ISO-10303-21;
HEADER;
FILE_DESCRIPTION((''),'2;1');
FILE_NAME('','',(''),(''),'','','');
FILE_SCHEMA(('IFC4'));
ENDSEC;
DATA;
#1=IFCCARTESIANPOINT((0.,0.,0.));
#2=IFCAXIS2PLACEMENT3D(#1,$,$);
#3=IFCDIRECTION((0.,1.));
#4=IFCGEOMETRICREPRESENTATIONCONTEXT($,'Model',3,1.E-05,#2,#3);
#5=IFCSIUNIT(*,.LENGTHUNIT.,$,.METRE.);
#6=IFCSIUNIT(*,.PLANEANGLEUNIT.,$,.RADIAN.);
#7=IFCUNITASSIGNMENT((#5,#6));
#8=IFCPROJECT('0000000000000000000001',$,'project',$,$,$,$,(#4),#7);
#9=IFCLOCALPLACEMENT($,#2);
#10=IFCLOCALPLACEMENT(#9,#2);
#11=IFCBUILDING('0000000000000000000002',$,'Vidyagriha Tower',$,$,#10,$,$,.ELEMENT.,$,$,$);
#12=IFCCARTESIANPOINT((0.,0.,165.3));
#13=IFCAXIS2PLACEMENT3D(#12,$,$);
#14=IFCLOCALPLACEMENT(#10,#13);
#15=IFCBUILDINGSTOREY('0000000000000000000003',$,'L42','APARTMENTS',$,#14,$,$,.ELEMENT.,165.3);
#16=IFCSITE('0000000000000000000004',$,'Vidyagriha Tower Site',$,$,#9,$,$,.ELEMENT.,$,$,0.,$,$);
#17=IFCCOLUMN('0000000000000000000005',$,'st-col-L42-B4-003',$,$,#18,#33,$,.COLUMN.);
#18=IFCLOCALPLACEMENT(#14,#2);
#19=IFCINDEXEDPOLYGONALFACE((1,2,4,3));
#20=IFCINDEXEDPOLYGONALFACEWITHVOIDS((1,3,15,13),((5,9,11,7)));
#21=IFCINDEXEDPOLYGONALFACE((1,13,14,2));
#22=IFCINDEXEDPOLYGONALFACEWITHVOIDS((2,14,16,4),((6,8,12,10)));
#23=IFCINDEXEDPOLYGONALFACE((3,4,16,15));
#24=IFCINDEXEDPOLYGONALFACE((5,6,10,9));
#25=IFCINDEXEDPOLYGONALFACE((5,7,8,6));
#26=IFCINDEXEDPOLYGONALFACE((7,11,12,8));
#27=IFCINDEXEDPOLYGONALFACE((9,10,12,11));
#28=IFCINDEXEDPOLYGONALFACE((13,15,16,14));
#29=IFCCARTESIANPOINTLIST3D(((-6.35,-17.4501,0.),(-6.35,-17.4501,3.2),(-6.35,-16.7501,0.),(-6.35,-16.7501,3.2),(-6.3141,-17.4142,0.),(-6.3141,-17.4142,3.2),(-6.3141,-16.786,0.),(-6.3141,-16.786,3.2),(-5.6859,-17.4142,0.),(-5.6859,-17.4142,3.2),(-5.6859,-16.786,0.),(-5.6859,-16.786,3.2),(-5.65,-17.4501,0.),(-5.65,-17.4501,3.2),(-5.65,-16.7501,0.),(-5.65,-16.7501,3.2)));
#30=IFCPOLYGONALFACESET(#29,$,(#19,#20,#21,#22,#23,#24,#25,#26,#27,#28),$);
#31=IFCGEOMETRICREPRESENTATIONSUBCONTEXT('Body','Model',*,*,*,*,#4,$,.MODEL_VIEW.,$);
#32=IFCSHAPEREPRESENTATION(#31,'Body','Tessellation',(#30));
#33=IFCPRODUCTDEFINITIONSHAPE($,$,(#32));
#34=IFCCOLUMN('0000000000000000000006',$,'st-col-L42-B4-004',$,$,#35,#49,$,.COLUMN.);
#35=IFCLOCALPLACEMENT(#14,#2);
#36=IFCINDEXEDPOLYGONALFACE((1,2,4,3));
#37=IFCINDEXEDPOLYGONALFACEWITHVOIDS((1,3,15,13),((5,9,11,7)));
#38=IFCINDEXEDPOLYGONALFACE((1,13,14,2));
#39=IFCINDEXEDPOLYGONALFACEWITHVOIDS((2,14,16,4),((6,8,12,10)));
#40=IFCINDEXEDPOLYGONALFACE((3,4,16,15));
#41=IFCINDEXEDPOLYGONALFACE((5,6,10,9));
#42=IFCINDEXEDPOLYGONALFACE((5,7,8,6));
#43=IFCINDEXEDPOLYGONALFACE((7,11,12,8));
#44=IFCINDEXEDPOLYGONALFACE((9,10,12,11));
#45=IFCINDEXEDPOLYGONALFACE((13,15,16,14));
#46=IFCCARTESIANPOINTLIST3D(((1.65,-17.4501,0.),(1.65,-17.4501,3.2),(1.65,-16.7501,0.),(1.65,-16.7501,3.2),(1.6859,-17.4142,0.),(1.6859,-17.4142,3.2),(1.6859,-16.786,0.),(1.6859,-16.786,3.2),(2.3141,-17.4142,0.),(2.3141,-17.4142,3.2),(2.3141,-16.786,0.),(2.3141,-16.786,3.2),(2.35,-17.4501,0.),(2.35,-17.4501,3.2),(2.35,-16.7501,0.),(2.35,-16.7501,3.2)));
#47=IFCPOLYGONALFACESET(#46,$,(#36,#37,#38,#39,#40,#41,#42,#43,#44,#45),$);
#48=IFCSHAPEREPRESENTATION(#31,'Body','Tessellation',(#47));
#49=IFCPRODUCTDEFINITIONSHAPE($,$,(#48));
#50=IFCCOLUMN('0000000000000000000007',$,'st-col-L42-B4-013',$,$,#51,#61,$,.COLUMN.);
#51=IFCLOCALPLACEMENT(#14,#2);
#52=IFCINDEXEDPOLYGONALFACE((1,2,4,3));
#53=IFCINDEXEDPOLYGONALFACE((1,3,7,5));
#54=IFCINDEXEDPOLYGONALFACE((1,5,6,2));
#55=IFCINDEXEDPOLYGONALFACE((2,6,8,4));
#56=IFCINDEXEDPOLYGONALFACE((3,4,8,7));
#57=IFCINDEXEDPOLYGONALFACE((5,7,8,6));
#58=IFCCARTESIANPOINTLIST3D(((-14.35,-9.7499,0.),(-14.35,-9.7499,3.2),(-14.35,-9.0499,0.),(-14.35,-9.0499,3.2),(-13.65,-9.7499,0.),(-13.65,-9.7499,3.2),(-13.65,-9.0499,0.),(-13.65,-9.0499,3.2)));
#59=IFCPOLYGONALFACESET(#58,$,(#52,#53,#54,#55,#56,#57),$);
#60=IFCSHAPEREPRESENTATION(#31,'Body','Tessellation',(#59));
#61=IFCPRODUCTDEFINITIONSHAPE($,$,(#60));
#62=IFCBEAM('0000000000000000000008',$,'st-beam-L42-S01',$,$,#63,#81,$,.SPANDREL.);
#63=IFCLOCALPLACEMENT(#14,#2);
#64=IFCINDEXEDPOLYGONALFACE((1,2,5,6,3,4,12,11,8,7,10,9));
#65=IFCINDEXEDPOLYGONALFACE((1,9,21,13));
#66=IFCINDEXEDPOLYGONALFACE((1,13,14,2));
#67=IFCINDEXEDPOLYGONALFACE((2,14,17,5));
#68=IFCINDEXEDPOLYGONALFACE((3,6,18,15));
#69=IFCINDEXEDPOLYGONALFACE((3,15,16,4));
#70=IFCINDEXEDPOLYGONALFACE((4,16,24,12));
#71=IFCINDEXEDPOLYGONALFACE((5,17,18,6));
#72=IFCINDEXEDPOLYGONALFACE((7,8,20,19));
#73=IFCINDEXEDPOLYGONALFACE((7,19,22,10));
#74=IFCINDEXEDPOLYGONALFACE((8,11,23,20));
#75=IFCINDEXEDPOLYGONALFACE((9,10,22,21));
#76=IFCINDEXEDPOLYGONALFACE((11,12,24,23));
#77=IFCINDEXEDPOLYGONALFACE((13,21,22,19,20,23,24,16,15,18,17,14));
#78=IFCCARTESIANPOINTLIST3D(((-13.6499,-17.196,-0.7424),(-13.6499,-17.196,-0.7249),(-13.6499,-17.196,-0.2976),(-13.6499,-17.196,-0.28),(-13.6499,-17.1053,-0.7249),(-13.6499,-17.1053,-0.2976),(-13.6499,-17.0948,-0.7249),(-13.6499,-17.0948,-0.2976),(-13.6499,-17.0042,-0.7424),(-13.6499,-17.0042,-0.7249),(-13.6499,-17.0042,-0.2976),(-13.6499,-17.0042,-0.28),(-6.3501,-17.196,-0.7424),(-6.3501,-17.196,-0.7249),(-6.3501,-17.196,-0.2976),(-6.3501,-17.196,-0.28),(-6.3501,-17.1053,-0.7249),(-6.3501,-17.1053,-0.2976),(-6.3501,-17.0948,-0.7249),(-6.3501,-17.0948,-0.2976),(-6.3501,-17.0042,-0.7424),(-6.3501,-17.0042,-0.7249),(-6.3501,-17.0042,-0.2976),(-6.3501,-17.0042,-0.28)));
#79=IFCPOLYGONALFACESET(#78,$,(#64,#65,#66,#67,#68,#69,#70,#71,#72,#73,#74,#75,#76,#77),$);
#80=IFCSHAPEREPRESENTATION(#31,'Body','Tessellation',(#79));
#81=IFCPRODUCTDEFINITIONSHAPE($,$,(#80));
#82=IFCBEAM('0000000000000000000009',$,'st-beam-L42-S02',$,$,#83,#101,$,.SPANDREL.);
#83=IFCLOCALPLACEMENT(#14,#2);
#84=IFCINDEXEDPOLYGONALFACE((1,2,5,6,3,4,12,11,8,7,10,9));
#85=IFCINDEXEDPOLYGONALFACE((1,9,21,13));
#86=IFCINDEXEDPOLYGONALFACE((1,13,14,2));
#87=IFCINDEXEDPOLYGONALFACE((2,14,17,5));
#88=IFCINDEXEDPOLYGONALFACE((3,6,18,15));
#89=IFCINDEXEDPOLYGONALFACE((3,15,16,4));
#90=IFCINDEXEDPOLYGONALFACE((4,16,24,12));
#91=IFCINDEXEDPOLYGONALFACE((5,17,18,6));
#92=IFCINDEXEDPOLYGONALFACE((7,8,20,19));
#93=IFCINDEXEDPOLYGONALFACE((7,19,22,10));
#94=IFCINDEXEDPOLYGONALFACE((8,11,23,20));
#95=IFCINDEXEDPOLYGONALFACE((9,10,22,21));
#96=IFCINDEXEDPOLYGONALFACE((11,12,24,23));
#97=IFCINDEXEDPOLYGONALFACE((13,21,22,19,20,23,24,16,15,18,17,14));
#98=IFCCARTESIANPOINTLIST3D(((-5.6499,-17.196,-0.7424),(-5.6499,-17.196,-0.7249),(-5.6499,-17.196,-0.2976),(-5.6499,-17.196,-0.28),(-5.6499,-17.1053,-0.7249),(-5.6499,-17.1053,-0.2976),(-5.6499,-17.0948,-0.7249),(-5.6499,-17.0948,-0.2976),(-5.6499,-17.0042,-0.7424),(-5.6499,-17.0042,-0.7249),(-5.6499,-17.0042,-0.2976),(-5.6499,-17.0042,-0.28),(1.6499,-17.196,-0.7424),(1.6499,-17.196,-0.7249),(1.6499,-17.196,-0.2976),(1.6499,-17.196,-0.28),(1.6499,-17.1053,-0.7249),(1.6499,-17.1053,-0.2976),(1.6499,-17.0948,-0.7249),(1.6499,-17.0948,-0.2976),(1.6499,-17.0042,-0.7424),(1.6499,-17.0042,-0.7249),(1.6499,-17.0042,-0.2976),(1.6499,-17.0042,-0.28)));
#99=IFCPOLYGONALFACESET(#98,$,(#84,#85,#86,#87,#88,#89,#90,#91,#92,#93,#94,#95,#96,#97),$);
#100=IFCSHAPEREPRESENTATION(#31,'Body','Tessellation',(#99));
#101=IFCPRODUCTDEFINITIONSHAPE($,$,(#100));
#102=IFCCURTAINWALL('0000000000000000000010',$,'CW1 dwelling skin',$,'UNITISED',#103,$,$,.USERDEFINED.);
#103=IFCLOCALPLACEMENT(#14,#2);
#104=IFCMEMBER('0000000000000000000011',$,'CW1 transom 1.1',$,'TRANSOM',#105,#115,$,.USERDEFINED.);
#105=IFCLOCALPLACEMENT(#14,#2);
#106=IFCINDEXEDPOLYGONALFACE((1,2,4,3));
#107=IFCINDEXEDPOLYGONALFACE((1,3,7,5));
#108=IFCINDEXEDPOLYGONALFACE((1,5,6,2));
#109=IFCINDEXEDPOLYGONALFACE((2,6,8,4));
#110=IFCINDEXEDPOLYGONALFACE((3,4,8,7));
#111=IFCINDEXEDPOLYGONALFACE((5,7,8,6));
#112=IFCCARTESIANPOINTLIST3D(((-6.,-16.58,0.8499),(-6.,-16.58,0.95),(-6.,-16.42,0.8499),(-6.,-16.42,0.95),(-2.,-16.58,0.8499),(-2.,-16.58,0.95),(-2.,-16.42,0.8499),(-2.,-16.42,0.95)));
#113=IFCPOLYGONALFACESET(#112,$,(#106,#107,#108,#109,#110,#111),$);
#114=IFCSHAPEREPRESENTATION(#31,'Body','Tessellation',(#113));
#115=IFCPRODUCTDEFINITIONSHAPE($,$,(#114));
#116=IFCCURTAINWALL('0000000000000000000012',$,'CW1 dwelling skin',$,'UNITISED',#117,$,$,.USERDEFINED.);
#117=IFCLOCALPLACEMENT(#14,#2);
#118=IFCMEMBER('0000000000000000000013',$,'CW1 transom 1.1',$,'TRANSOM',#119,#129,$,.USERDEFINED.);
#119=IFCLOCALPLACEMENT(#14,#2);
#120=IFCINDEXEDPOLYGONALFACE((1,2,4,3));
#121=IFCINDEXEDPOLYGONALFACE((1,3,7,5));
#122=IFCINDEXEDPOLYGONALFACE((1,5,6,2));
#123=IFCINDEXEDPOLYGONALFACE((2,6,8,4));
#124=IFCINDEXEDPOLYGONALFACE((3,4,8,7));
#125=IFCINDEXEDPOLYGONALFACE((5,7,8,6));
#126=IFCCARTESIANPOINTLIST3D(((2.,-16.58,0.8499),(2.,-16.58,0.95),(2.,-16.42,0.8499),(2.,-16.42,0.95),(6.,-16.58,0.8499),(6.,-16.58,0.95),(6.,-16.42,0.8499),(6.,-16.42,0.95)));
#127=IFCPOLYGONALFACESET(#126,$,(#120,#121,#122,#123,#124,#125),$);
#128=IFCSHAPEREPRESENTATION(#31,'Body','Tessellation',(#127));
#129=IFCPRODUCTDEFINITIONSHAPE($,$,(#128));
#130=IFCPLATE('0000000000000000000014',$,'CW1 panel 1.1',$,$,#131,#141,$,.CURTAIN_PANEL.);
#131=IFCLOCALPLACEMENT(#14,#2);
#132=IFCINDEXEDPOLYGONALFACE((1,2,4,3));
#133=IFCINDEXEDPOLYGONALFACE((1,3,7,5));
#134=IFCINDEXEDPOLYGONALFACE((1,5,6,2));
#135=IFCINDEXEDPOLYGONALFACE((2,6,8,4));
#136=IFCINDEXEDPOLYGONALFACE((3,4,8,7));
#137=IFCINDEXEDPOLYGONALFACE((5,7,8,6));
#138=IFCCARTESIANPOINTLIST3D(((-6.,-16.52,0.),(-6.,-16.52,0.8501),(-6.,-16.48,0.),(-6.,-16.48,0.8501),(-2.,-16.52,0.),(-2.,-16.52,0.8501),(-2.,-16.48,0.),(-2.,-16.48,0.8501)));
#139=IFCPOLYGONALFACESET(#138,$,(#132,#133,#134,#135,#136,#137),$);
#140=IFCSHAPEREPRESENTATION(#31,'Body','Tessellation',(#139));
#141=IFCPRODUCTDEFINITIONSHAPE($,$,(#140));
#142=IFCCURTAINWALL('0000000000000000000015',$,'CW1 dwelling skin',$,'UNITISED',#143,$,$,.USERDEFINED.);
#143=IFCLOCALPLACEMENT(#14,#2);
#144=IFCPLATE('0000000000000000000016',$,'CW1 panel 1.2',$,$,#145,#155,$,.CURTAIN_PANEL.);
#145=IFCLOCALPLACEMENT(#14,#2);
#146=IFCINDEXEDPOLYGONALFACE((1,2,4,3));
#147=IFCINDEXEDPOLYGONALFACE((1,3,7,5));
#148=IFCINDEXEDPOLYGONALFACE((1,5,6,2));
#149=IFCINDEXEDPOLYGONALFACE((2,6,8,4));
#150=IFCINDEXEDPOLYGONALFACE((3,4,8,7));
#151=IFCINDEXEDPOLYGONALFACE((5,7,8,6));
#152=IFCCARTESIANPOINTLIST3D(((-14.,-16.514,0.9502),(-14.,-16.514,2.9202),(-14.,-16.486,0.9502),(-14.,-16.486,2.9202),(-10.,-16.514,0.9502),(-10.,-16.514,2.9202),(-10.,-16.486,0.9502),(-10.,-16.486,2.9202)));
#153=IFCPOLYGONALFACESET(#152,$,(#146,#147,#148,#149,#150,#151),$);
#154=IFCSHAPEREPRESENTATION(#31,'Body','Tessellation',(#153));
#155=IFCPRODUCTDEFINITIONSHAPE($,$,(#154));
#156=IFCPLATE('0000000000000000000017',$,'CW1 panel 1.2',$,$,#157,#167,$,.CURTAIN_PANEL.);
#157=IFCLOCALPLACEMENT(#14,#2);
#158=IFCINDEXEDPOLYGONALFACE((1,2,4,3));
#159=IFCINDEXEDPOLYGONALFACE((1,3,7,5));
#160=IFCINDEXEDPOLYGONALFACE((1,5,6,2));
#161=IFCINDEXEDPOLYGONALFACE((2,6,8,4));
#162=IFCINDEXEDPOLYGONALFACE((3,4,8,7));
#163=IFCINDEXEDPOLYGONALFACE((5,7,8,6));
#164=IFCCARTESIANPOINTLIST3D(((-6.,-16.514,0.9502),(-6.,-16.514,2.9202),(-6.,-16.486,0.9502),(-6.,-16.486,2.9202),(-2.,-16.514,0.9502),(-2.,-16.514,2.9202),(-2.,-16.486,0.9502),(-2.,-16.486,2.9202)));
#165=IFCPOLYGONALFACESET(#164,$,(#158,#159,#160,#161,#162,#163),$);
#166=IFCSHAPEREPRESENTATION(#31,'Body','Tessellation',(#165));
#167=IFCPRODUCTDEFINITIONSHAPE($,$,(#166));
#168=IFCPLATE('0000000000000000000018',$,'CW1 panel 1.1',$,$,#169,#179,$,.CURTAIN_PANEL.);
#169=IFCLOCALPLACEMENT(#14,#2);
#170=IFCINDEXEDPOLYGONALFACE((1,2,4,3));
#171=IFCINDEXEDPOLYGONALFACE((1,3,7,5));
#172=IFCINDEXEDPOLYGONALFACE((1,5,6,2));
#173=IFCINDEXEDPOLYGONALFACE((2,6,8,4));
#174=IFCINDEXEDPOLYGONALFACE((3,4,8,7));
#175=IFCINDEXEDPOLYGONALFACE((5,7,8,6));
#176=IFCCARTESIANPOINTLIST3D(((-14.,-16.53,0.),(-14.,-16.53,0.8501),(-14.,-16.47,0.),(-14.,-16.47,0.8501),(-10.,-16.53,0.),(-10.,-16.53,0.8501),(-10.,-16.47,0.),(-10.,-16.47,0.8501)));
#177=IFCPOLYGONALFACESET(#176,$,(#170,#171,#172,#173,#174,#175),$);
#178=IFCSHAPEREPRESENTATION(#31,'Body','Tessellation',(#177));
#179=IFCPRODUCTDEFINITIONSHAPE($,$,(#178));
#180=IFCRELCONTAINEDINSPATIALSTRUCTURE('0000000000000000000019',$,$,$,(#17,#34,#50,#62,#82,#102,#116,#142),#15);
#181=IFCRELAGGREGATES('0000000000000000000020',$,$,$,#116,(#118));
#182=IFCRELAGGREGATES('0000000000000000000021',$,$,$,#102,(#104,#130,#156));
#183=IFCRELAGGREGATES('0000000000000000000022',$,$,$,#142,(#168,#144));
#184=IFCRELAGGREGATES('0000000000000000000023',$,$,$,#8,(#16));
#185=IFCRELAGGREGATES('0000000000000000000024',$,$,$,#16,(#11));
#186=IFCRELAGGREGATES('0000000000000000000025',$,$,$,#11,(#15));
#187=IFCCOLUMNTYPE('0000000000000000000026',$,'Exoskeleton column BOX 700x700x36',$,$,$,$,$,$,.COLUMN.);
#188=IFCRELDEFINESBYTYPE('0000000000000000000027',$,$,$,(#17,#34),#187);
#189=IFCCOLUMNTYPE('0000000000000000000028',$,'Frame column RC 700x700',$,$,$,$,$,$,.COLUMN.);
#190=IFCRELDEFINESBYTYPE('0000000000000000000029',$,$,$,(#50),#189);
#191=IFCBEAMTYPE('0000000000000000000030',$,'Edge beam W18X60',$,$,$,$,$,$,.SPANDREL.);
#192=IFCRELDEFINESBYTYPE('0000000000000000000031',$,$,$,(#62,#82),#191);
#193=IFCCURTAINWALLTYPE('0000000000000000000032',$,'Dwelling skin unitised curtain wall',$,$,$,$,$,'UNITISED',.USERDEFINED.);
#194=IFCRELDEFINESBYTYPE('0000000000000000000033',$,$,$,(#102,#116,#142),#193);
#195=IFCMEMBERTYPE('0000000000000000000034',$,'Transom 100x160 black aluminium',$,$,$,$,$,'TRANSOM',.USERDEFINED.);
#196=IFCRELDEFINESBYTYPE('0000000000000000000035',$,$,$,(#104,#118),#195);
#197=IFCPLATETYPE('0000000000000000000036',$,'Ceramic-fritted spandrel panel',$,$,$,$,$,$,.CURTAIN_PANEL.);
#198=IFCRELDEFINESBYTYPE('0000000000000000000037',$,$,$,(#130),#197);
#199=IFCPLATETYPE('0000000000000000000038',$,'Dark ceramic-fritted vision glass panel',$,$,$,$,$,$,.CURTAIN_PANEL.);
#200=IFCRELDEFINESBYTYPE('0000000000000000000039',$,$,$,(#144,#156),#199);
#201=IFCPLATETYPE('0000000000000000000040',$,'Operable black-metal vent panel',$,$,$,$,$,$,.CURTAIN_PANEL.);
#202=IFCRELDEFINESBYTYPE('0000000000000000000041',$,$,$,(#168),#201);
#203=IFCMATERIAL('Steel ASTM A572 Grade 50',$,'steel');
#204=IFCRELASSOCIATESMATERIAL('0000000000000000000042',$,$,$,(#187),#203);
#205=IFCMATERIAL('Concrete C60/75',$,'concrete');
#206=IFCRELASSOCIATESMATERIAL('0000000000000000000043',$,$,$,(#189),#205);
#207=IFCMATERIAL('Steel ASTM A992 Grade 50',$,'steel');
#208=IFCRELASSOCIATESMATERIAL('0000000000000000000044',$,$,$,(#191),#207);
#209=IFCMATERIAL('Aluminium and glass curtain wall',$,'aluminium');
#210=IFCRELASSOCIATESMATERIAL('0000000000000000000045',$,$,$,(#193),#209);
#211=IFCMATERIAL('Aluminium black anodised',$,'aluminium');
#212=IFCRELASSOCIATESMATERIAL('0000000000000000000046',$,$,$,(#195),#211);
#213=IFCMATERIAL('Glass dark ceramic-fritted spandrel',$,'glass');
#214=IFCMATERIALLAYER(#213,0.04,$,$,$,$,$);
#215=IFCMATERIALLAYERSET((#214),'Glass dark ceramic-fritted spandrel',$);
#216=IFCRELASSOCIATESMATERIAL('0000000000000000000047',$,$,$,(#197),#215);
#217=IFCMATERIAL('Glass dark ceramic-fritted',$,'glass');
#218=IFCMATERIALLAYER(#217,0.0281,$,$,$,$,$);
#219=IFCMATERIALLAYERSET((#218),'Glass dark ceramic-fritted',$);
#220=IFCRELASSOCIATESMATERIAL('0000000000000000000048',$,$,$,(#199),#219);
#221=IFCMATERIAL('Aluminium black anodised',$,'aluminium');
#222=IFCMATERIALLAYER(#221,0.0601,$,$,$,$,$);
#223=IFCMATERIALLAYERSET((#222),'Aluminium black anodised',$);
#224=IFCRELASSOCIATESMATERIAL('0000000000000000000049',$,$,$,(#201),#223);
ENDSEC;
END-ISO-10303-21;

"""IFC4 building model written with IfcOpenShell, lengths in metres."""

from ifc_helpers import new_model, si_unit, direction, frame, origin, origin_2d, place, context, subcontext, project, spatial, rectangle, hollow_rectangle, i_section, extrude, material, layer, layer_set, material_profile, profile_set, type_object, element, aggregate, save


model = new_model("IFC4")

# Units and contexts
model_context = context("Model", 3, precision=1e-05, world=origin(), true_north=direction((0.0, 1.0)))
body_context = subcontext(model_context, "Body", "Model", "MODEL_VIEW")
ifc_project = project(units=[si_unit("LENGTHUNIT", "METRE"), si_unit("PLANEANGLEUNIT", "RADIAN")], contexts=[model_context])

# Site, building, storey
site_placement = place(None, origin())
site = spatial("IfcSite", under=ifc_project, at=site_placement, Name="Vidyagriha Tower Site", CompositionType="ELEMENT", RefElevation=0.0)
building_placement = place(site_placement, origin())
building = spatial("IfcBuilding", under=site, at=building_placement, Name="Vidyagriha Tower", CompositionType="ELEMENT")
storey_placement = place(building_placement, frame((0.0, 0.0, 165.3)))
storey = spatial("IfcBuildingStorey", under=building, at=storey_placement, Name="L42", Description="APARTMENTS", CompositionType="ELEMENT", Elevation=165.3)

# Columns
ifc_material_1 = material(Name="Steel ASTM A572 Grade 50", Category="steel")
ifc_material_profile_1 = material_profile(ifc_material_1, hollow_rectangle(XDim=0.7, YDim=0.7, WallThickness=0.0359, at=origin_2d()), Name="BOX 700x700x36")
ifc_profile_set_1 = profile_set([ifc_material_profile_1], Name="Steel ASTM A572 Grade 50")
column_type_1 = type_object("IfcColumnType", Name="Exoskeleton column BOX 700x700x36", PredefinedType="COLUMN", material=ifc_profile_set_1)
for number, where, name in (
    (1, (-6.0, -17.1001, 0.0), "st-col-L42-B4-003"),
    (2, (2.0, -17.1001, 0.0), "st-col-L42-B4-004"),
):
    element("IfcColumn", number, at=place(storey_placement, frame(where)), inside=storey, type_object=column_type_1, Name=name, PredefinedType="COLUMN", context=body_context, shape_type="SweptSolid", body=[
        extrude(hollow_rectangle(XDim=0.7, YDim=0.7, WallThickness=0.0359, at=origin_2d()), origin(), (0.0, 0.0, 1.0), 3.2),
    ])
ifc_material_2 = material(Name="Concrete C60/75", Category="concrete")
ifc_material_profile_2 = material_profile(ifc_material_2, rectangle(XDim=0.7, YDim=0.7, at=origin_2d()), Name="RC 700x700")
ifc_profile_set_2 = profile_set([ifc_material_profile_2], Name="Concrete C60/75")
column_type_2 = type_object("IfcColumnType", Name="Frame column RC 700x700", PredefinedType="COLUMN", material=ifc_profile_set_2)
column_placement = place(storey_placement, frame((-14.0, -9.3999, 0.0)))
element("IfcColumn", 3, at=column_placement, inside=storey, type_object=column_type_2, Name="st-col-L42-B4-013", PredefinedType="COLUMN", context=body_context, shape_type="SweptSolid", body=[
    extrude(rectangle(XDim=0.7, YDim=0.7, at=origin_2d()), origin(), (0.0, 0.0, 1.0), 3.2),
])

# Beams
ifc_material_3 = material(Name="Steel ASTM A992 Grade 50", Category="steel")
ifc_material_profile_3 = material_profile(ifc_material_3, i_section(OverallWidth=0.1919, OverallDepth=0.4624, WebThickness=0.0105, FlangeThickness=0.0176, at=origin_2d()), Name="W18X60")
ifc_profile_set_3 = profile_set([ifc_material_profile_3], Name="Steel ASTM A992 Grade 50")
beam_type = type_object("IfcBeamType", Name="Edge beam W18X60", PredefinedType="SPANDREL", material=ifc_profile_set_3)
for number, where, z_axis, x_axis, name in (
    (4, (-13.6499, -17.1001, -0.5112), (1.0, 0.0, 0.0), (0.0, 1.0, 0.0), "st-beam-L42-S01"),
    (5, (-5.6499, -17.1001, -0.5112), (1.0, 0.0, 0.0), (0.0, 1.0, 0.0), "st-beam-L42-S02"),
):
    element("IfcBeam", number, at=place(storey_placement, frame(where, z_axis=z_axis, x_axis=x_axis)), inside=storey, type_object=beam_type, Name=name, PredefinedType="SPANDREL", context=body_context, shape_type="SweptSolid", body=[
        extrude(i_section(OverallWidth=0.1919, OverallDepth=0.4624, WebThickness=0.0105, FlangeThickness=0.0176, at=origin_2d()), origin(), (0.0, 0.0, 1.0), 7.2998),
    ])

# Curtain walls, members
ifc_material_4 = material(Name="Aluminium and glass curtain wall", Category="aluminium")
curtain_wall_type = type_object("IfcCurtainWallType", Name="Dwelling skin unitised curtain wall", ElementType="UNITISED", PredefinedType="USERDEFINED", material=ifc_material_4)
curtain_wall_1_placement = place(storey_placement, origin())
curtain_wall_1 = element("IfcCurtainWall", 6, at=curtain_wall_1_placement, inside=storey, type_object=curtain_wall_type, Name="CW1 dwelling skin", ObjectType="UNITISED", PredefinedType="USERDEFINED")
ifc_material_5 = material(Name="Aluminium black anodised", Category="aluminium")
ifc_material_profile_4 = material_profile(ifc_material_5, rectangle(XDim=0.1599, YDim=0.1001, at=origin_2d()), Name="Transom 100x160 black aluminium")
ifc_profile_set_4 = profile_set([ifc_material_profile_4], Name="Aluminium black anodised")
member_type = type_object("IfcMemberType", Name="Transom 100x160 black aluminium", ElementType="TRANSOM", PredefinedType="USERDEFINED", material=ifc_profile_set_4)
member_1_placement = place(storey_placement, frame((-6.0, -16.5, 0.8999), z_axis=(1.0, 0.0, 0.0), x_axis=(0.0, 1.0, 0.0)))
member_1 = element("IfcMember", 7, at=member_1_placement, type_object=member_type, Name="CW1 transom 1.1", ObjectType="TRANSOM", PredefinedType="USERDEFINED", context=body_context, shape_type="SweptSolid", body=[
    extrude(rectangle(XDim=0.1599, YDim=0.1001, at=origin_2d()), origin(), (0.0, 0.0, 1.0), 4.0),
])
curtain_wall_2_placement = place(storey_placement, origin())
curtain_wall_2 = element("IfcCurtainWall", 8, at=curtain_wall_2_placement, inside=storey, type_object=curtain_wall_type, Name="CW1 dwelling skin", ObjectType="UNITISED", PredefinedType="USERDEFINED")
member_2_placement = place(storey_placement, frame((2.0, -16.5, 0.8999), z_axis=(1.0, 0.0, 0.0), x_axis=(0.0, 1.0, 0.0)))
member_2 = element("IfcMember", 9, at=member_2_placement, type_object=member_type, Name="CW1 transom 1.1", ObjectType="TRANSOM", PredefinedType="USERDEFINED", context=body_context, shape_type="SweptSolid", body=[
    extrude(rectangle(XDim=0.1599, YDim=0.1001, at=origin_2d()), origin(), (0.0, 0.0, 1.0), 4.0),
])
aggregate(curtain_wall_2, [member_2])

# Plate
ifc_material_6 = material(Name="Glass dark ceramic-fritted spandrel", Category="glass")
ifc_layer_1 = layer(ifc_material_6, 0.04)
ifc_layer_set_1 = layer_set([ifc_layer_1], Name="Glass dark ceramic-fritted spandrel")
plate_type_1 = type_object("IfcPlateType", Name="Ceramic-fritted spandrel panel", PredefinedType="CURTAIN_PANEL", material=ifc_layer_set_1)
plate_1_placement = place(storey_placement, frame((-4.0, -16.5, 0.0)))
plate_1 = element("IfcPlate", 10, at=plate_1_placement, type_object=plate_type_1, Name="CW1 panel 1.1", PredefinedType="CURTAIN_PANEL", context=body_context, shape_type="SweptSolid", body=[
    extrude(rectangle(XDim=4.0, YDim=0.04, at=origin_2d()), origin(), (0.0, 0.0, 1.0), 0.8501),
])

# Curtain wall, plate
curtain_wall_3_placement = place(storey_placement, origin())
curtain_wall_3 = element("IfcCurtainWall", 11, at=curtain_wall_3_placement, inside=storey, type_object=curtain_wall_type, Name="CW1 dwelling skin", ObjectType="UNITISED", PredefinedType="USERDEFINED")
ifc_material_7 = material(Name="Glass dark ceramic-fritted", Category="glass")
ifc_layer_2 = layer(ifc_material_7, 0.0281)
ifc_layer_set_2 = layer_set([ifc_layer_2], Name="Glass dark ceramic-fritted")
plate_type_2 = type_object("IfcPlateType", Name="Dark ceramic-fritted vision glass panel", PredefinedType="CURTAIN_PANEL", material=ifc_layer_set_2)
plate_2_placement = place(storey_placement, frame((-12.0, -16.5, 0.9502)))
plate_2 = element("IfcPlate", 12, at=plate_2_placement, type_object=plate_type_2, Name="CW1 panel 1.2", PredefinedType="CURTAIN_PANEL", context=body_context, shape_type="SweptSolid", body=[
    extrude(rectangle(XDim=4.0, YDim=0.0281, at=origin_2d()), origin(), (0.0, 0.0, 1.0), 1.97),
])

# Plates
plate_3_placement = place(storey_placement, frame((-4.0, -16.5, 0.9502)))
plate_3 = element("IfcPlate", 13, at=plate_3_placement, type_object=plate_type_2, Name="CW1 panel 1.2", PredefinedType="CURTAIN_PANEL", context=body_context, shape_type="SweptSolid", body=[
    extrude(rectangle(XDim=4.0, YDim=0.0281, at=origin_2d()), origin(), (0.0, 0.0, 1.0), 1.97),
])
aggregate(curtain_wall_1, [member_1, plate_1, plate_3])
ifc_material_8 = material(Name="Aluminium black anodised", Category="aluminium")
ifc_layer_3 = layer(ifc_material_8, 0.0601)
ifc_layer_set_3 = layer_set([ifc_layer_3], Name="Aluminium black anodised")
plate_type_3 = type_object("IfcPlateType", Name="Operable black-metal vent panel", PredefinedType="CURTAIN_PANEL", material=ifc_layer_set_3)
plate_4_placement = place(storey_placement, frame((-12.0, -16.5, 0.0)))
plate_4 = element("IfcPlate", 14, at=plate_4_placement, type_object=plate_type_3, Name="CW1 panel 1.1", PredefinedType="CURTAIN_PANEL", context=body_context, shape_type="SweptSolid", body=[
    extrude(rectangle(XDim=4.0, YDim=0.0601, at=origin_2d()), origin(), (0.0, 0.0, 1.0), 0.8501),
])
aggregate(curtain_wall_3, [plate_4, plate_2])

save(model, "model.ifc")
